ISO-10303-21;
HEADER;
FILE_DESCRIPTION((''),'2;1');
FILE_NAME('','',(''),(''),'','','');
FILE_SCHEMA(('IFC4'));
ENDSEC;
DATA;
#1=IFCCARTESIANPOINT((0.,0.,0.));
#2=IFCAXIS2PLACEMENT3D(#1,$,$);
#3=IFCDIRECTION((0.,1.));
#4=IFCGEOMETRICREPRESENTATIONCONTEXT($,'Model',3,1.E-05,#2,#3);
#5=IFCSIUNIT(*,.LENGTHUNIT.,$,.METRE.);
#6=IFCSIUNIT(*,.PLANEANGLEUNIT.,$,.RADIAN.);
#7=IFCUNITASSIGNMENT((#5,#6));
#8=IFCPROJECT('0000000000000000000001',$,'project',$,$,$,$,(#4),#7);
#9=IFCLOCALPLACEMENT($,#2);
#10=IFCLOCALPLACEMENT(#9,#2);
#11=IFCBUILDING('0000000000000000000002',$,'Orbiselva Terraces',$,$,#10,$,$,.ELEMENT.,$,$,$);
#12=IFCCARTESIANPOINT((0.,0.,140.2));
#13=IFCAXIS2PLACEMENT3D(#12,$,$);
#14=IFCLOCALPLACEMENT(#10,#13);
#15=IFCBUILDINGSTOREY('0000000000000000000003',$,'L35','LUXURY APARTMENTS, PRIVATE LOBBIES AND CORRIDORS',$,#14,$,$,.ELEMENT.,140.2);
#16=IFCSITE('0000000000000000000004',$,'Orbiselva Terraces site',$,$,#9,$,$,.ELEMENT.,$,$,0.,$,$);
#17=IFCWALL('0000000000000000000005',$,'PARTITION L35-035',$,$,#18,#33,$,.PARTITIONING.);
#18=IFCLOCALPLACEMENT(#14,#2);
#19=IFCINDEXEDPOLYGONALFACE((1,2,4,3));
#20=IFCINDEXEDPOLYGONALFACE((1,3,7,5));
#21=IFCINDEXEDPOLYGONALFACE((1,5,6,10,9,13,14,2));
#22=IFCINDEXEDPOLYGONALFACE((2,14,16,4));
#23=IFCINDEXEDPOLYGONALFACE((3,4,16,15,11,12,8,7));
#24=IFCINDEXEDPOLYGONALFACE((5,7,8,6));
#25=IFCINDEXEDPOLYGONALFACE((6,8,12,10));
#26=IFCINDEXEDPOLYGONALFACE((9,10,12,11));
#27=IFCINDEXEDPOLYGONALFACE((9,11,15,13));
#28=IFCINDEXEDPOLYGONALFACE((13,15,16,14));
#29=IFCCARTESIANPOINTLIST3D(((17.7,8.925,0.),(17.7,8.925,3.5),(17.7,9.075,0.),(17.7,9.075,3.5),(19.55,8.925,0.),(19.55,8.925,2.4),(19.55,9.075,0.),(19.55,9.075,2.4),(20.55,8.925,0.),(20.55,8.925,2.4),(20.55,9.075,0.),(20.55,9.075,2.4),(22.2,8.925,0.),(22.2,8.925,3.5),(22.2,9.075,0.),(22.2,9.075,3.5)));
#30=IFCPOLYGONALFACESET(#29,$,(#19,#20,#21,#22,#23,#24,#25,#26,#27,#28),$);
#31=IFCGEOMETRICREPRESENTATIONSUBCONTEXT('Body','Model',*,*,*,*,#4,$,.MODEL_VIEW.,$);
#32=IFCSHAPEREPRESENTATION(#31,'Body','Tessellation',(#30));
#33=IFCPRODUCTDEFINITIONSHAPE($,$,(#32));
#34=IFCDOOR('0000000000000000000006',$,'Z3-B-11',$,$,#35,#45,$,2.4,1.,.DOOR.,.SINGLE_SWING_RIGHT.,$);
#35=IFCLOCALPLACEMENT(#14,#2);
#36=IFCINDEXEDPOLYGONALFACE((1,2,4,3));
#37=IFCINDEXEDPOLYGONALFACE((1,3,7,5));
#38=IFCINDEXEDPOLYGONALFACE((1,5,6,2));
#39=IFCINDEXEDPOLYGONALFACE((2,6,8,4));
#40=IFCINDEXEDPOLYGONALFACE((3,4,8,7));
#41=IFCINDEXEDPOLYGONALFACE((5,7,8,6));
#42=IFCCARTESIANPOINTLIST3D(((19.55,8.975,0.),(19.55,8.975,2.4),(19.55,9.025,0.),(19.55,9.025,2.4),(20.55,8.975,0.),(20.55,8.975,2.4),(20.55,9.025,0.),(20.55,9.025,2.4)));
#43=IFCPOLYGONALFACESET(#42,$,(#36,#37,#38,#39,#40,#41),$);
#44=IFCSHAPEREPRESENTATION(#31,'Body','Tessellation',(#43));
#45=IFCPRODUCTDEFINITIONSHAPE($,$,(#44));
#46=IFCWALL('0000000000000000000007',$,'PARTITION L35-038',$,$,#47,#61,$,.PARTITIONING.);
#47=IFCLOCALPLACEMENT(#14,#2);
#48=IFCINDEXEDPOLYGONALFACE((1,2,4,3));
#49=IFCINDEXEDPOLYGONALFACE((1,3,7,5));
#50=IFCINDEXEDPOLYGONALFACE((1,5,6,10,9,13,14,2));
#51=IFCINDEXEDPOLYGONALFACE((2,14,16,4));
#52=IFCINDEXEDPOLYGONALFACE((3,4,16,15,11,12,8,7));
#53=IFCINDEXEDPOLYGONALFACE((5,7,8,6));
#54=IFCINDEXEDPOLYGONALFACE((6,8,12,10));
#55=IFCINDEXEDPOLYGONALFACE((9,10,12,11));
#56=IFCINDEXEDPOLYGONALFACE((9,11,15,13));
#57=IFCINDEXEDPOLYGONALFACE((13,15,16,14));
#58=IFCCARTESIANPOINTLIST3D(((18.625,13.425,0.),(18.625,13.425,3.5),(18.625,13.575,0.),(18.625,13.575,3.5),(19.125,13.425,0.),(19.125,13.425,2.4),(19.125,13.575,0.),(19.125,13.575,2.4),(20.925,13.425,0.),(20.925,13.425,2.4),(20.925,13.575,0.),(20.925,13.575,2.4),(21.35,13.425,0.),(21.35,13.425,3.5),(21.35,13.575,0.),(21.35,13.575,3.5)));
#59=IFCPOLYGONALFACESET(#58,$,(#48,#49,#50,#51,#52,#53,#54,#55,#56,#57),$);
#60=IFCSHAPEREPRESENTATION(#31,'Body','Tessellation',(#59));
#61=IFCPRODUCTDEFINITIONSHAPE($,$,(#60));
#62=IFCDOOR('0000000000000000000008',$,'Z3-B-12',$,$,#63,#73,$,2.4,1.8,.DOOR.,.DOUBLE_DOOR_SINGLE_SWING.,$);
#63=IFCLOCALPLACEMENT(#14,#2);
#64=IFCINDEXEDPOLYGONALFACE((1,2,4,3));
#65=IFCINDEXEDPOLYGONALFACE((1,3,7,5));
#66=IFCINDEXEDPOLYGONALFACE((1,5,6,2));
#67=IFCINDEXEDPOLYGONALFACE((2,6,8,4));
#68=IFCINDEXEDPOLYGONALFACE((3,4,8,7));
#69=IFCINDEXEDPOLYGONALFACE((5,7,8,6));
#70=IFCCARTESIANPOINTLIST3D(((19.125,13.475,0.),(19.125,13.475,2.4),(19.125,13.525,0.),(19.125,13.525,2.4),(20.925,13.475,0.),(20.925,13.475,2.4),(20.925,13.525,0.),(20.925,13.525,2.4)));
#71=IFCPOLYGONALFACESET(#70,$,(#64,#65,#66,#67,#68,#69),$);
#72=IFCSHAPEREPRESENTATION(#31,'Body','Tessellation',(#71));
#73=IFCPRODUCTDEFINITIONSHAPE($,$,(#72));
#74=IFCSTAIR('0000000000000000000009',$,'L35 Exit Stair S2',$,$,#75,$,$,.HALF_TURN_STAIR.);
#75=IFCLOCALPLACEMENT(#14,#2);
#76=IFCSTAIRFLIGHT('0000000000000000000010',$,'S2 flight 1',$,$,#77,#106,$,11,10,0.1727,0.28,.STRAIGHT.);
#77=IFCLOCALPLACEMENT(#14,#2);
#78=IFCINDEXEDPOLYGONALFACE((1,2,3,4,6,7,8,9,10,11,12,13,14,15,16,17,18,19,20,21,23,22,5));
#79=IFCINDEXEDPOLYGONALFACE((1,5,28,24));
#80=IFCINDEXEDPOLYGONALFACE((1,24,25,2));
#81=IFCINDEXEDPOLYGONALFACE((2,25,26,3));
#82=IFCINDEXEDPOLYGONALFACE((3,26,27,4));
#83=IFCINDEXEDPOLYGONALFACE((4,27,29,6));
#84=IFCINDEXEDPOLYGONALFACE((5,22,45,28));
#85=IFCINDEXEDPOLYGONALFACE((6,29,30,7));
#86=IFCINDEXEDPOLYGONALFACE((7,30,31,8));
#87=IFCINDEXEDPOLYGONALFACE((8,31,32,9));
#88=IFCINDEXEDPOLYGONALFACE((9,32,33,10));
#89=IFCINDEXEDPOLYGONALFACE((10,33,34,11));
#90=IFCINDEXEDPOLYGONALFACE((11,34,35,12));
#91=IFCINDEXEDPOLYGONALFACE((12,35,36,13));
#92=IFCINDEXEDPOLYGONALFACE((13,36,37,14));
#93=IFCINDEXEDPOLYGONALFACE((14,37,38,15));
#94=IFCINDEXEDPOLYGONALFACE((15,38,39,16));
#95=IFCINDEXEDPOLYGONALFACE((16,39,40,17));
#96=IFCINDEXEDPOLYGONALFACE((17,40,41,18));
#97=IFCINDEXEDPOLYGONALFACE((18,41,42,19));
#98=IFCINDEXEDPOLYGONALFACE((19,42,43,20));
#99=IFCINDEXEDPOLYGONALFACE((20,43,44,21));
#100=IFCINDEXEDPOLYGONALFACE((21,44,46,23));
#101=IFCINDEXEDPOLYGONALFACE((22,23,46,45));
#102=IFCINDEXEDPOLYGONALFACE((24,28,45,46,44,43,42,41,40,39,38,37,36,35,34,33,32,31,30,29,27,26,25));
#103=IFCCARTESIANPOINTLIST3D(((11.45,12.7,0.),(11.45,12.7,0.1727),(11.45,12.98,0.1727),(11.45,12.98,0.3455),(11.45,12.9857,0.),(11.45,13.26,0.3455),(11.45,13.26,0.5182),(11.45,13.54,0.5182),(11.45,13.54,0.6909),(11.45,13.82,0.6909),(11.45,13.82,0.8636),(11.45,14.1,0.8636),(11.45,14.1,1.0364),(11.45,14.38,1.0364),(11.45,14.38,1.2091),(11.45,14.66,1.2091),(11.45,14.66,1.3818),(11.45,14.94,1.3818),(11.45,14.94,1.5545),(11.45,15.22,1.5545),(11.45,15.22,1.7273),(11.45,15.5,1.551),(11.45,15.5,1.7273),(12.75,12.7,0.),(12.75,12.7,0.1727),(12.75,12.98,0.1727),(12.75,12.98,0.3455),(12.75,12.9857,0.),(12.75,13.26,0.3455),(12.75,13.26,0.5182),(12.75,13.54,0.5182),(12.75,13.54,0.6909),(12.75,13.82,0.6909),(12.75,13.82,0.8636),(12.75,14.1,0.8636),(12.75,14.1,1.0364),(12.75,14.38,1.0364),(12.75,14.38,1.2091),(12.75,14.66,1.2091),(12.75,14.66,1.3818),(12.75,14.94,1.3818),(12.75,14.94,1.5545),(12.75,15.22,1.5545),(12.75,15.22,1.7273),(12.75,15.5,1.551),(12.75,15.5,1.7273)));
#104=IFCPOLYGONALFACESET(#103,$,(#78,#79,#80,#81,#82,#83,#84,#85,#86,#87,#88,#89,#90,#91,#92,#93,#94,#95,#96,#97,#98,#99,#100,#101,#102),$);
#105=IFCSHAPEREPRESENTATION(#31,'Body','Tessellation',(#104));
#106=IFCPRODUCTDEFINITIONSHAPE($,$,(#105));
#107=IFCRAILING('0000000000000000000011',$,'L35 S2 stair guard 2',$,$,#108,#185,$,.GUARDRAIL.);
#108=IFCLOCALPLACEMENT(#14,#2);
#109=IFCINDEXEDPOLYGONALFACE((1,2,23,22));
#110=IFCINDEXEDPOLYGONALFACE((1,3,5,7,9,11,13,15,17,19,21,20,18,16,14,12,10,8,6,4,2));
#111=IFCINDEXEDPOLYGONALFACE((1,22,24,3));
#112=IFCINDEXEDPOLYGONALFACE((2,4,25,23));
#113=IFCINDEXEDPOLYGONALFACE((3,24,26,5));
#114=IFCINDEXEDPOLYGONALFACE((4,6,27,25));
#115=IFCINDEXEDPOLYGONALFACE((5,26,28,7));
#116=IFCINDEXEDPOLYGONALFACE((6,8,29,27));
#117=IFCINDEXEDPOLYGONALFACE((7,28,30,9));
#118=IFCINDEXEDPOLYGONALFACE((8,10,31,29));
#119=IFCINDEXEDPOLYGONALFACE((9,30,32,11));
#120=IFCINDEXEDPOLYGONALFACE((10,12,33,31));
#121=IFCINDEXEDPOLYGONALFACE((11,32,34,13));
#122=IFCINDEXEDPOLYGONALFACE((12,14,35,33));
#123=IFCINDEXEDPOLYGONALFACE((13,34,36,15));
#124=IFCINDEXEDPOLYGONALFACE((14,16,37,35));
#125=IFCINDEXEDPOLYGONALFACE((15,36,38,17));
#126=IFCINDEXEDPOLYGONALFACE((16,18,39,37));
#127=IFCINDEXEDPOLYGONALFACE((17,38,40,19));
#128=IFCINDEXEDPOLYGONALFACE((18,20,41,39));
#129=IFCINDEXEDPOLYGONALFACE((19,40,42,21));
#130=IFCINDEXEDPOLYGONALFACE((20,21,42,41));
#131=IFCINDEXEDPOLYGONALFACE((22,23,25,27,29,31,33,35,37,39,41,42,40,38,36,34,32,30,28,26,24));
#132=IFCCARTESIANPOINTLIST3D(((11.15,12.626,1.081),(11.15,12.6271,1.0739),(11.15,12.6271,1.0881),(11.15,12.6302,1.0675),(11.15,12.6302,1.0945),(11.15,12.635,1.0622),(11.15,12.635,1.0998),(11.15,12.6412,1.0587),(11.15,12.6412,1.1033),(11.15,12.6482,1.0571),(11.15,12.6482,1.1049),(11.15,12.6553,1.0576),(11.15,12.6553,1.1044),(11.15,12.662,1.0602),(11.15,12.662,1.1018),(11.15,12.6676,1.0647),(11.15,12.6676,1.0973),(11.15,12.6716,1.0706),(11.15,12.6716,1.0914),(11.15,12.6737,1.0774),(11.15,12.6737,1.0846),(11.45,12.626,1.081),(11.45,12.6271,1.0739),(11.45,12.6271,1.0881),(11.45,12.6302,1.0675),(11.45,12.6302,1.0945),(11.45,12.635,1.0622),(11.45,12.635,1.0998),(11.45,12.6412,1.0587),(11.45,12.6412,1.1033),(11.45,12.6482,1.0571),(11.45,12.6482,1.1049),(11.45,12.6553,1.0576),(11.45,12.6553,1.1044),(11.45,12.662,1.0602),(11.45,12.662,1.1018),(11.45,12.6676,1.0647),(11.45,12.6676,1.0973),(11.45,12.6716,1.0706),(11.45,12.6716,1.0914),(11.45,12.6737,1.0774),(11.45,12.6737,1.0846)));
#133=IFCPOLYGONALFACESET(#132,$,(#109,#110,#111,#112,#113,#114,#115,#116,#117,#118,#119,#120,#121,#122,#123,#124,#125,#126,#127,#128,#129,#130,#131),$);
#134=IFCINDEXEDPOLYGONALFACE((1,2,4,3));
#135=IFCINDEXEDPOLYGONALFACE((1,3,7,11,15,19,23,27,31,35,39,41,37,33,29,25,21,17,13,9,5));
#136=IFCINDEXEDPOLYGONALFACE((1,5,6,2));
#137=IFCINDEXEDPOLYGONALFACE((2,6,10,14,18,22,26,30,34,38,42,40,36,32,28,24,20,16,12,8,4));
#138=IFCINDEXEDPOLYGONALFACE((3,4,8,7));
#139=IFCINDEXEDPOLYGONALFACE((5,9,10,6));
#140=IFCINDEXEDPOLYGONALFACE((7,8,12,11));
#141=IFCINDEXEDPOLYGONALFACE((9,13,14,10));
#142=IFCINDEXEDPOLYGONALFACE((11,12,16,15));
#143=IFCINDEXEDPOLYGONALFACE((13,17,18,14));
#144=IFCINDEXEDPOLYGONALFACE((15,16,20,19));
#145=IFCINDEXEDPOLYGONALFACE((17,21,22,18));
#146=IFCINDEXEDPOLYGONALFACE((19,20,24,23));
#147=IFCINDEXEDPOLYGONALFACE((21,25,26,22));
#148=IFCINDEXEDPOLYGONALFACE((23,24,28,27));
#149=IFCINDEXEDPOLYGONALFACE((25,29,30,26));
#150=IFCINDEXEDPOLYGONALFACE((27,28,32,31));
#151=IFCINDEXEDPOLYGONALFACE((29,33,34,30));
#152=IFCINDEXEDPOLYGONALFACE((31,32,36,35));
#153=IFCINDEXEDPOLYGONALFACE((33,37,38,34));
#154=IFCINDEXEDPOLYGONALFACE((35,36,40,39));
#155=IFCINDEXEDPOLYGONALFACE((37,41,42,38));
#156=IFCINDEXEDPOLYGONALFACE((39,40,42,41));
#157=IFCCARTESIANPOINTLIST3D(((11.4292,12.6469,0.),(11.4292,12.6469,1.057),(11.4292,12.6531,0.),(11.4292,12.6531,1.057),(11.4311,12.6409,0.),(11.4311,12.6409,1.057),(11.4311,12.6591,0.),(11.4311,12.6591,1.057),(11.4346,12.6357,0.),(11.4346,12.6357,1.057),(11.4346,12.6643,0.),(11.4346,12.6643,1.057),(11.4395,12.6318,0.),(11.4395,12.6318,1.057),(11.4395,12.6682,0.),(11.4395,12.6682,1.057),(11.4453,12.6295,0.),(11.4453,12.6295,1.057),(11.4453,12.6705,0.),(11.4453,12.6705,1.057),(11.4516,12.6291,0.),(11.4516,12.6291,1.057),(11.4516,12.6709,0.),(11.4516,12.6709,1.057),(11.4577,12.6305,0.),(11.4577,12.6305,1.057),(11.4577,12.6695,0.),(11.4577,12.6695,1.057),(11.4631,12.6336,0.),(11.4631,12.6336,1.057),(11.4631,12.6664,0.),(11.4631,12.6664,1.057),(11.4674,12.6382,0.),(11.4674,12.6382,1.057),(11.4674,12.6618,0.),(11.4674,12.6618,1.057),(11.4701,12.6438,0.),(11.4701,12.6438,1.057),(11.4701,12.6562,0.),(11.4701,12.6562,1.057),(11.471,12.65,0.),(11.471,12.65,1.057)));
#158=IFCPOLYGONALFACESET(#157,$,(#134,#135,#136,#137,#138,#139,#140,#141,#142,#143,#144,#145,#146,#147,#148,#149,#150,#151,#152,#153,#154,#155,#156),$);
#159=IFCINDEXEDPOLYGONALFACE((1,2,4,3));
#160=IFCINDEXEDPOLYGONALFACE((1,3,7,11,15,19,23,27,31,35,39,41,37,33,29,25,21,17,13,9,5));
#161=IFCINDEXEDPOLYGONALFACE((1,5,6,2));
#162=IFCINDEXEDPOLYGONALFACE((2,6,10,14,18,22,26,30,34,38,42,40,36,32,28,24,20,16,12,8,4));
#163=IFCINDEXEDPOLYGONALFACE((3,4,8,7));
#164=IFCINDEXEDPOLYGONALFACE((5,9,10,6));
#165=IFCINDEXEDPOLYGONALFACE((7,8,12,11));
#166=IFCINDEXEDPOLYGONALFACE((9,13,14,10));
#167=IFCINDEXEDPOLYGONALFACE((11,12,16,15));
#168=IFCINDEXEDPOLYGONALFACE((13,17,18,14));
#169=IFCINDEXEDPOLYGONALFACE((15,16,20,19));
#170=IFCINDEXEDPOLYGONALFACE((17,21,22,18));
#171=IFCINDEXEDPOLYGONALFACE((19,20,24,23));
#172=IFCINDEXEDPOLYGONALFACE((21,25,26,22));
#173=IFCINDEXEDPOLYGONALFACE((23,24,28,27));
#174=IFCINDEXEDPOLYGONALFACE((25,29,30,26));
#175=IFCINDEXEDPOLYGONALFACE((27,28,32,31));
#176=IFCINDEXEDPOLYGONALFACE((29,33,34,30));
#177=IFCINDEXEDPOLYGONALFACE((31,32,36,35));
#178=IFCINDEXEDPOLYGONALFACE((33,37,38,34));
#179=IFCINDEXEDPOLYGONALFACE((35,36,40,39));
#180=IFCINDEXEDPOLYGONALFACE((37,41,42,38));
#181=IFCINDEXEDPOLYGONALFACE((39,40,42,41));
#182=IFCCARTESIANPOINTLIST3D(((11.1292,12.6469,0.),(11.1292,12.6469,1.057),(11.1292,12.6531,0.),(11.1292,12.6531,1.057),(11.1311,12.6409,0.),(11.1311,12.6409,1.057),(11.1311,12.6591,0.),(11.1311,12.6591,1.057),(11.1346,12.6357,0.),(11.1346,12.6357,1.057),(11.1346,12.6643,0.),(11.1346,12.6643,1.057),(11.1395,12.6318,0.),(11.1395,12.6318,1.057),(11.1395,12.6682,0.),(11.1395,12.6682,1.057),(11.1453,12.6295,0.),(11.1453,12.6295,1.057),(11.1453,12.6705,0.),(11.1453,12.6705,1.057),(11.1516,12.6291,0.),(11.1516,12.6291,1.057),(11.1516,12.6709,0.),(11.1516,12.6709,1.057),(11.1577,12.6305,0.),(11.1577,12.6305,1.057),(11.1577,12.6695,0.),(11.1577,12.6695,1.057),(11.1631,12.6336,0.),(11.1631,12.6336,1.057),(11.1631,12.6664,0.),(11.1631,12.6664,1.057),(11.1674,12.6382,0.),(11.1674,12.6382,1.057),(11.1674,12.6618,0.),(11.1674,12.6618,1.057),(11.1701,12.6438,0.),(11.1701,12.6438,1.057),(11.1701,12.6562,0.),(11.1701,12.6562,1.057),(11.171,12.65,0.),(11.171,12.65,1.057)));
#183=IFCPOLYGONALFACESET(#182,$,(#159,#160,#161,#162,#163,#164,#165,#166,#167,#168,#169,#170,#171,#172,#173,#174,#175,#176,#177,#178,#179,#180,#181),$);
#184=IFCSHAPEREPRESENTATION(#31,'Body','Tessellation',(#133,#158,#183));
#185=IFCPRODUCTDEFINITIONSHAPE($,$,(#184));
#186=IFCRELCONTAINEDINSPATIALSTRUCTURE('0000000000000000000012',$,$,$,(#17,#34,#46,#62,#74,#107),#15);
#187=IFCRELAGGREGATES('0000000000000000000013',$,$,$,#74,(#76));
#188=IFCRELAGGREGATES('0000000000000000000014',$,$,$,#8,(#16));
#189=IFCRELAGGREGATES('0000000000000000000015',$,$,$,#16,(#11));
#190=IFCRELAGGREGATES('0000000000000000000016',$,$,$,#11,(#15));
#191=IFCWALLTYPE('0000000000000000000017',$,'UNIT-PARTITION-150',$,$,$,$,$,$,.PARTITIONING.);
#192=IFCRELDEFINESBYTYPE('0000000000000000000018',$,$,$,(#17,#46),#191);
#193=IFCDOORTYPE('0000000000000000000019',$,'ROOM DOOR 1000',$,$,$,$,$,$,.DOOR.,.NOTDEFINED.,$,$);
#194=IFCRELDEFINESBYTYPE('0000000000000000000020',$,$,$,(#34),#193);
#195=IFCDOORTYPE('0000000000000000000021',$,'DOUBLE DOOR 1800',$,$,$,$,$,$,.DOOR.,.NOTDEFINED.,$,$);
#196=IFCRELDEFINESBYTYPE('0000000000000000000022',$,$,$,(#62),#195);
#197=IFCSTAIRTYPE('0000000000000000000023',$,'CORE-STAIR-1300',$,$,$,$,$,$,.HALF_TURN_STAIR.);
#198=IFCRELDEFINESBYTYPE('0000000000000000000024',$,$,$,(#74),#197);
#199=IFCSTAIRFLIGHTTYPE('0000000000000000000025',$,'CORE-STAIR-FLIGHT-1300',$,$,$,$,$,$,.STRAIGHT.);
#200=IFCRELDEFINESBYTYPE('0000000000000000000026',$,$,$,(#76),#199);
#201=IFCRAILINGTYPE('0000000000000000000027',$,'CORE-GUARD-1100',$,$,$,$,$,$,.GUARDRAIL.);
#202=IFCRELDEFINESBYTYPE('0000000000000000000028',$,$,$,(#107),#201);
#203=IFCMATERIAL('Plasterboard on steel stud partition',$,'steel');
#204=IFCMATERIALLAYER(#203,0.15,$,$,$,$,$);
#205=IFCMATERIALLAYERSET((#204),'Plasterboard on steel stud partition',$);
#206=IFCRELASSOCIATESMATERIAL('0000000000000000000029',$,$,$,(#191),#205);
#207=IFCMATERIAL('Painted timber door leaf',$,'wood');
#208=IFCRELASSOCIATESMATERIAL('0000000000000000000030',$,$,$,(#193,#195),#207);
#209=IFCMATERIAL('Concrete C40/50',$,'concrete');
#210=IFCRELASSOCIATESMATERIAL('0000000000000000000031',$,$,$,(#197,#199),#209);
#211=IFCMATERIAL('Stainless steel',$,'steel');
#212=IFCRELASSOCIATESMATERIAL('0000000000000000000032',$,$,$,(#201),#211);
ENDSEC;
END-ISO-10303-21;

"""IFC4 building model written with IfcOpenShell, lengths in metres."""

from ifc_helpers import new_model, si_unit, direction, frame, frame_2d, origin, origin_2d, place, context, subcontext, project, spatial, polyline, rectangle, circle, outline, extrude, material, layer, layer_set, type_object, element, fill, aggregate, save


model = new_model("IFC4")

# Units and contexts
model_context = context("Model", 3, precision=1e-05, world=origin(), true_north=direction((0.0, 1.0)))
body_context = subcontext(model_context, "Body", "Model", "MODEL_VIEW")
ifc_project = project(units=[si_unit("LENGTHUNIT", "METRE"), si_unit("PLANEANGLEUNIT", "RADIAN")], contexts=[model_context])

# Site, building, storey
site_placement = place(None, origin())
site = spatial("IfcSite", under=ifc_project, at=site_placement, Name="Orbiselva Terraces site", CompositionType="ELEMENT", RefElevation=0.0)
building_placement = place(site_placement, origin())
building = spatial("IfcBuilding", under=site, at=building_placement, Name="Orbiselva Terraces", CompositionType="ELEMENT")
storey_placement = place(building_placement, frame((0.0, 0.0, 140.2)))
storey = spatial("IfcBuildingStorey", under=building, at=storey_placement, Name="L35", Description="LUXURY APARTMENTS, PRIVATE LOBBIES AND CORRIDORS", CompositionType="ELEMENT", Elevation=140.2)

# Walls, openings, doors
ifc_material_1 = material(Name="Plasterboard on steel stud partition", Category="steel")
ifc_material_2 = material(Name="Painted timber door leaf", Category="wood")
ifc_layer_1 = layer(ifc_material_1, 0.15)
ifc_layer_set_1 = layer_set([ifc_layer_1], Name="Plasterboard on steel stud partition")
wall_type_1 = type_object("IfcWallType", Name="UNIT-PARTITION-150", PredefinedType="PARTITIONING", material=ifc_layer_set_1)
door_type_1 = type_object("IfcDoorType", Name="ROOM DOOR 1000", OperationType="NOTDEFINED", PredefinedType="DOOR", material=ifc_material_2)
wall_1_placement = place(storey_placement, frame((17.7, 9.0, 0.0), z_axis=(0.0, 0.0, 1.0), x_axis=(1.0, 0.0, 0.0)))
wall_1 = element("IfcWall", 1, at=wall_1_placement, inside=storey, type_object=wall_type_1, Name="PARTITION L35-035", PredefinedType="PARTITIONING", context=body_context, shape_type="SweptSolid", body=[
    extrude(rectangle(XDim=4.5, YDim=0.15, at=frame_2d((2.25, 0.0))), origin(), (0.0, 0.0, 1.0), 3.5),
])
opening_1_placement = place(wall_1_placement, frame((1.85, 0.0, 0.0)))
opening_1 = element("IfcOpeningElement", 2, at=opening_1_placement, cuts=wall_1, PredefinedType="OPENING", context=body_context, shape_type="SweptSolid", body=[
    extrude(rectangle(XDim=1.0, YDim=2.4, at=frame_2d((0.5, 1.2))), frame((0.0, 0.085, 0.0), z_axis=(0.0, -1.0, 0.0), x_axis=(1.0, 0.0, 0.0)), (0.0, 0.0, 1.0), 0.17),
])
door_1_placement = place(opening_1_placement, origin())
door_1 = element("IfcDoor", 3, at=door_1_placement, inside=storey, type_object=door_type_1, Name="Z3-B-11", OperationType="SINGLE_SWING_RIGHT", OverallHeight=2.4, OverallWidth=1.0, PredefinedType="DOOR", context=body_context, shape_type="SweptSolid", body=[
    extrude(rectangle(XDim=1.0, YDim=2.4, at=frame_2d((0.5, 1.2))), frame((0.0, 0.025, 0.0), z_axis=(0.0, -1.0, 0.0), x_axis=(1.0, 0.0, 0.0)), (0.0, 0.0, 1.0), 0.05),
])
fill(opening_1, door_1)
wall_2_placement = place(storey_placement, frame((18.625, 13.5, 0.0), z_axis=(0.0, 0.0, 1.0), x_axis=(1.0, 0.0, 0.0)))
wall_2 = element("IfcWall", 4, at=wall_2_placement, inside=storey, type_object=wall_type_1, Name="PARTITION L35-038", PredefinedType="PARTITIONING", context=body_context, shape_type="SweptSolid", body=[
    extrude(rectangle(XDim=2.725, YDim=0.15, at=frame_2d((1.3625, 0.0))), origin(), (0.0, 0.0, 1.0), 3.5),
])
opening_2_placement = place(wall_2_placement, frame((0.5, 0.0, 0.0)))
opening_2 = element("IfcOpeningElement", 5, at=opening_2_placement, cuts=wall_2, PredefinedType="OPENING", context=body_context, shape_type="SweptSolid", body=[
    extrude(rectangle(XDim=1.8, YDim=2.4, at=frame_2d((0.9, 1.2))), frame((0.0, 0.085, 0.0), z_axis=(0.0, -1.0, 0.0), x_axis=(1.0, 0.0, 0.0)), (0.0, 0.0, 1.0), 0.17),
])
door_type_2 = type_object("IfcDoorType", Name="DOUBLE DOOR 1800", OperationType="NOTDEFINED", PredefinedType="DOOR", material=ifc_material_2)
door_2_placement = place(opening_2_placement, origin())
door_2 = element("IfcDoor", 6, at=door_2_placement, inside=storey, type_object=door_type_2, Name="Z3-B-12", OperationType="DOUBLE_DOOR_SINGLE_SWING", OverallHeight=2.4, OverallWidth=1.8, PredefinedType="DOOR", context=body_context, shape_type="SweptSolid", body=[
    extrude(rectangle(XDim=1.8, YDim=2.4, at=frame_2d((0.9, 1.2))), frame((0.0, 0.025, 0.0), z_axis=(0.0, -1.0, 0.0), x_axis=(1.0, 0.0, 0.0)), (0.0, 0.0, 1.0), 0.05),
])
fill(opening_2, door_2)

# Stair, stair flight
ifc_material_3 = material(Name="Concrete C40/50", Category="concrete")
stair_type = type_object("IfcStairType", Name="CORE-STAIR-1300", PredefinedType="HALF_TURN_STAIR", material=ifc_material_3)
stair_placement = place(storey_placement, origin())
stair = element("IfcStair", 7, at=stair_placement, inside=storey, type_object=stair_type, Name="L35 Exit Stair S2", PredefinedType="HALF_TURN_STAIR")
stair_flight_type = type_object("IfcStairFlightType", Name="CORE-STAIR-FLIGHT-1300", PredefinedType="STRAIGHT", material=ifc_material_3)
stair_flight_placement = place(storey_placement, frame((12.1, 12.7, 0.0), z_axis=(0.0, 0.0, 1.0), x_axis=(0.0, 1.0, 0.0)))
stair_flight = element("IfcStairFlight", 8, at=stair_flight_placement, type_object=stair_flight_type, Name="S2 flight 1", NumberOfRisers=11, NumberOfTreads=10, PredefinedType="STRAIGHT", RiserHeight=0.1727, TreadLength=0.28, context=body_context, shape_type="SweptSolid", body=[
    extrude(outline(polyline([(0.0, 0.0), (0.0, 0.1727), (0.28, 0.1727), (0.28, 0.3455), (0.56, 0.3455), (0.56, 0.5182), (0.84, 0.5182), (0.84, 0.6909), (1.12, 0.6909), (1.12, 0.8636), (1.4, 0.8636), (1.4, 1.0364), (1.68, 1.0364), (1.68, 1.2091), (1.96, 1.2091), (1.96, 1.3818), (2.24, 1.3818), (2.24, 1.5545), (2.52, 1.5545), (2.52, 1.7273), (2.8, 1.7273), (2.8, 1.9), (2.8, 1.551), (0.2857, 0.0), (0.0, 0.0)])), frame((0.0, 0.65, 0.0), z_axis=(0.0, -1.0, 0.0), x_axis=(1.0, 0.0, 0.0)), (0.0, 0.0, 1.0), 1.3),
])
aggregate(stair, [stair_flight])

# Railing
ifc_material_4 = material(Name="Stainless steel", Category="steel")
railing_type_1 = type_object("IfcRailingType", Name="CORE-GUARD-1100", PredefinedType="GUARDRAIL", material=ifc_material_4)
railing_1_placement = place(storey_placement, frame((11.45, 12.65, 0.0)))
element("IfcRailing", 9, at=railing_1_placement, inside=storey, type_object=railing_type_1, Name="L35 S2 stair guard 2", PredefinedType="GUARDRAIL", context=body_context, shape_type="SweptSolid", body=[
    extrude(circle(Radius=0.024, at=origin_2d()), frame((0.0, 0.0, 1.081), z_axis=(-1.0, 0.0, 0.0), x_axis=(0.0, -1.0, 0.0)), (0.0, 0.0, 1.0), 0.3),
    extrude(circle(Radius=0.021, at=origin_2d()), origin(), (0.0, 0.0, 1.0), 1.057),
    extrude(circle(Radius=0.021, at=origin_2d()), frame((-0.3, 0.0, 0.0)), (0.0, 0.0, 1.0), 1.057),
])

save(model, "model.ifc")
